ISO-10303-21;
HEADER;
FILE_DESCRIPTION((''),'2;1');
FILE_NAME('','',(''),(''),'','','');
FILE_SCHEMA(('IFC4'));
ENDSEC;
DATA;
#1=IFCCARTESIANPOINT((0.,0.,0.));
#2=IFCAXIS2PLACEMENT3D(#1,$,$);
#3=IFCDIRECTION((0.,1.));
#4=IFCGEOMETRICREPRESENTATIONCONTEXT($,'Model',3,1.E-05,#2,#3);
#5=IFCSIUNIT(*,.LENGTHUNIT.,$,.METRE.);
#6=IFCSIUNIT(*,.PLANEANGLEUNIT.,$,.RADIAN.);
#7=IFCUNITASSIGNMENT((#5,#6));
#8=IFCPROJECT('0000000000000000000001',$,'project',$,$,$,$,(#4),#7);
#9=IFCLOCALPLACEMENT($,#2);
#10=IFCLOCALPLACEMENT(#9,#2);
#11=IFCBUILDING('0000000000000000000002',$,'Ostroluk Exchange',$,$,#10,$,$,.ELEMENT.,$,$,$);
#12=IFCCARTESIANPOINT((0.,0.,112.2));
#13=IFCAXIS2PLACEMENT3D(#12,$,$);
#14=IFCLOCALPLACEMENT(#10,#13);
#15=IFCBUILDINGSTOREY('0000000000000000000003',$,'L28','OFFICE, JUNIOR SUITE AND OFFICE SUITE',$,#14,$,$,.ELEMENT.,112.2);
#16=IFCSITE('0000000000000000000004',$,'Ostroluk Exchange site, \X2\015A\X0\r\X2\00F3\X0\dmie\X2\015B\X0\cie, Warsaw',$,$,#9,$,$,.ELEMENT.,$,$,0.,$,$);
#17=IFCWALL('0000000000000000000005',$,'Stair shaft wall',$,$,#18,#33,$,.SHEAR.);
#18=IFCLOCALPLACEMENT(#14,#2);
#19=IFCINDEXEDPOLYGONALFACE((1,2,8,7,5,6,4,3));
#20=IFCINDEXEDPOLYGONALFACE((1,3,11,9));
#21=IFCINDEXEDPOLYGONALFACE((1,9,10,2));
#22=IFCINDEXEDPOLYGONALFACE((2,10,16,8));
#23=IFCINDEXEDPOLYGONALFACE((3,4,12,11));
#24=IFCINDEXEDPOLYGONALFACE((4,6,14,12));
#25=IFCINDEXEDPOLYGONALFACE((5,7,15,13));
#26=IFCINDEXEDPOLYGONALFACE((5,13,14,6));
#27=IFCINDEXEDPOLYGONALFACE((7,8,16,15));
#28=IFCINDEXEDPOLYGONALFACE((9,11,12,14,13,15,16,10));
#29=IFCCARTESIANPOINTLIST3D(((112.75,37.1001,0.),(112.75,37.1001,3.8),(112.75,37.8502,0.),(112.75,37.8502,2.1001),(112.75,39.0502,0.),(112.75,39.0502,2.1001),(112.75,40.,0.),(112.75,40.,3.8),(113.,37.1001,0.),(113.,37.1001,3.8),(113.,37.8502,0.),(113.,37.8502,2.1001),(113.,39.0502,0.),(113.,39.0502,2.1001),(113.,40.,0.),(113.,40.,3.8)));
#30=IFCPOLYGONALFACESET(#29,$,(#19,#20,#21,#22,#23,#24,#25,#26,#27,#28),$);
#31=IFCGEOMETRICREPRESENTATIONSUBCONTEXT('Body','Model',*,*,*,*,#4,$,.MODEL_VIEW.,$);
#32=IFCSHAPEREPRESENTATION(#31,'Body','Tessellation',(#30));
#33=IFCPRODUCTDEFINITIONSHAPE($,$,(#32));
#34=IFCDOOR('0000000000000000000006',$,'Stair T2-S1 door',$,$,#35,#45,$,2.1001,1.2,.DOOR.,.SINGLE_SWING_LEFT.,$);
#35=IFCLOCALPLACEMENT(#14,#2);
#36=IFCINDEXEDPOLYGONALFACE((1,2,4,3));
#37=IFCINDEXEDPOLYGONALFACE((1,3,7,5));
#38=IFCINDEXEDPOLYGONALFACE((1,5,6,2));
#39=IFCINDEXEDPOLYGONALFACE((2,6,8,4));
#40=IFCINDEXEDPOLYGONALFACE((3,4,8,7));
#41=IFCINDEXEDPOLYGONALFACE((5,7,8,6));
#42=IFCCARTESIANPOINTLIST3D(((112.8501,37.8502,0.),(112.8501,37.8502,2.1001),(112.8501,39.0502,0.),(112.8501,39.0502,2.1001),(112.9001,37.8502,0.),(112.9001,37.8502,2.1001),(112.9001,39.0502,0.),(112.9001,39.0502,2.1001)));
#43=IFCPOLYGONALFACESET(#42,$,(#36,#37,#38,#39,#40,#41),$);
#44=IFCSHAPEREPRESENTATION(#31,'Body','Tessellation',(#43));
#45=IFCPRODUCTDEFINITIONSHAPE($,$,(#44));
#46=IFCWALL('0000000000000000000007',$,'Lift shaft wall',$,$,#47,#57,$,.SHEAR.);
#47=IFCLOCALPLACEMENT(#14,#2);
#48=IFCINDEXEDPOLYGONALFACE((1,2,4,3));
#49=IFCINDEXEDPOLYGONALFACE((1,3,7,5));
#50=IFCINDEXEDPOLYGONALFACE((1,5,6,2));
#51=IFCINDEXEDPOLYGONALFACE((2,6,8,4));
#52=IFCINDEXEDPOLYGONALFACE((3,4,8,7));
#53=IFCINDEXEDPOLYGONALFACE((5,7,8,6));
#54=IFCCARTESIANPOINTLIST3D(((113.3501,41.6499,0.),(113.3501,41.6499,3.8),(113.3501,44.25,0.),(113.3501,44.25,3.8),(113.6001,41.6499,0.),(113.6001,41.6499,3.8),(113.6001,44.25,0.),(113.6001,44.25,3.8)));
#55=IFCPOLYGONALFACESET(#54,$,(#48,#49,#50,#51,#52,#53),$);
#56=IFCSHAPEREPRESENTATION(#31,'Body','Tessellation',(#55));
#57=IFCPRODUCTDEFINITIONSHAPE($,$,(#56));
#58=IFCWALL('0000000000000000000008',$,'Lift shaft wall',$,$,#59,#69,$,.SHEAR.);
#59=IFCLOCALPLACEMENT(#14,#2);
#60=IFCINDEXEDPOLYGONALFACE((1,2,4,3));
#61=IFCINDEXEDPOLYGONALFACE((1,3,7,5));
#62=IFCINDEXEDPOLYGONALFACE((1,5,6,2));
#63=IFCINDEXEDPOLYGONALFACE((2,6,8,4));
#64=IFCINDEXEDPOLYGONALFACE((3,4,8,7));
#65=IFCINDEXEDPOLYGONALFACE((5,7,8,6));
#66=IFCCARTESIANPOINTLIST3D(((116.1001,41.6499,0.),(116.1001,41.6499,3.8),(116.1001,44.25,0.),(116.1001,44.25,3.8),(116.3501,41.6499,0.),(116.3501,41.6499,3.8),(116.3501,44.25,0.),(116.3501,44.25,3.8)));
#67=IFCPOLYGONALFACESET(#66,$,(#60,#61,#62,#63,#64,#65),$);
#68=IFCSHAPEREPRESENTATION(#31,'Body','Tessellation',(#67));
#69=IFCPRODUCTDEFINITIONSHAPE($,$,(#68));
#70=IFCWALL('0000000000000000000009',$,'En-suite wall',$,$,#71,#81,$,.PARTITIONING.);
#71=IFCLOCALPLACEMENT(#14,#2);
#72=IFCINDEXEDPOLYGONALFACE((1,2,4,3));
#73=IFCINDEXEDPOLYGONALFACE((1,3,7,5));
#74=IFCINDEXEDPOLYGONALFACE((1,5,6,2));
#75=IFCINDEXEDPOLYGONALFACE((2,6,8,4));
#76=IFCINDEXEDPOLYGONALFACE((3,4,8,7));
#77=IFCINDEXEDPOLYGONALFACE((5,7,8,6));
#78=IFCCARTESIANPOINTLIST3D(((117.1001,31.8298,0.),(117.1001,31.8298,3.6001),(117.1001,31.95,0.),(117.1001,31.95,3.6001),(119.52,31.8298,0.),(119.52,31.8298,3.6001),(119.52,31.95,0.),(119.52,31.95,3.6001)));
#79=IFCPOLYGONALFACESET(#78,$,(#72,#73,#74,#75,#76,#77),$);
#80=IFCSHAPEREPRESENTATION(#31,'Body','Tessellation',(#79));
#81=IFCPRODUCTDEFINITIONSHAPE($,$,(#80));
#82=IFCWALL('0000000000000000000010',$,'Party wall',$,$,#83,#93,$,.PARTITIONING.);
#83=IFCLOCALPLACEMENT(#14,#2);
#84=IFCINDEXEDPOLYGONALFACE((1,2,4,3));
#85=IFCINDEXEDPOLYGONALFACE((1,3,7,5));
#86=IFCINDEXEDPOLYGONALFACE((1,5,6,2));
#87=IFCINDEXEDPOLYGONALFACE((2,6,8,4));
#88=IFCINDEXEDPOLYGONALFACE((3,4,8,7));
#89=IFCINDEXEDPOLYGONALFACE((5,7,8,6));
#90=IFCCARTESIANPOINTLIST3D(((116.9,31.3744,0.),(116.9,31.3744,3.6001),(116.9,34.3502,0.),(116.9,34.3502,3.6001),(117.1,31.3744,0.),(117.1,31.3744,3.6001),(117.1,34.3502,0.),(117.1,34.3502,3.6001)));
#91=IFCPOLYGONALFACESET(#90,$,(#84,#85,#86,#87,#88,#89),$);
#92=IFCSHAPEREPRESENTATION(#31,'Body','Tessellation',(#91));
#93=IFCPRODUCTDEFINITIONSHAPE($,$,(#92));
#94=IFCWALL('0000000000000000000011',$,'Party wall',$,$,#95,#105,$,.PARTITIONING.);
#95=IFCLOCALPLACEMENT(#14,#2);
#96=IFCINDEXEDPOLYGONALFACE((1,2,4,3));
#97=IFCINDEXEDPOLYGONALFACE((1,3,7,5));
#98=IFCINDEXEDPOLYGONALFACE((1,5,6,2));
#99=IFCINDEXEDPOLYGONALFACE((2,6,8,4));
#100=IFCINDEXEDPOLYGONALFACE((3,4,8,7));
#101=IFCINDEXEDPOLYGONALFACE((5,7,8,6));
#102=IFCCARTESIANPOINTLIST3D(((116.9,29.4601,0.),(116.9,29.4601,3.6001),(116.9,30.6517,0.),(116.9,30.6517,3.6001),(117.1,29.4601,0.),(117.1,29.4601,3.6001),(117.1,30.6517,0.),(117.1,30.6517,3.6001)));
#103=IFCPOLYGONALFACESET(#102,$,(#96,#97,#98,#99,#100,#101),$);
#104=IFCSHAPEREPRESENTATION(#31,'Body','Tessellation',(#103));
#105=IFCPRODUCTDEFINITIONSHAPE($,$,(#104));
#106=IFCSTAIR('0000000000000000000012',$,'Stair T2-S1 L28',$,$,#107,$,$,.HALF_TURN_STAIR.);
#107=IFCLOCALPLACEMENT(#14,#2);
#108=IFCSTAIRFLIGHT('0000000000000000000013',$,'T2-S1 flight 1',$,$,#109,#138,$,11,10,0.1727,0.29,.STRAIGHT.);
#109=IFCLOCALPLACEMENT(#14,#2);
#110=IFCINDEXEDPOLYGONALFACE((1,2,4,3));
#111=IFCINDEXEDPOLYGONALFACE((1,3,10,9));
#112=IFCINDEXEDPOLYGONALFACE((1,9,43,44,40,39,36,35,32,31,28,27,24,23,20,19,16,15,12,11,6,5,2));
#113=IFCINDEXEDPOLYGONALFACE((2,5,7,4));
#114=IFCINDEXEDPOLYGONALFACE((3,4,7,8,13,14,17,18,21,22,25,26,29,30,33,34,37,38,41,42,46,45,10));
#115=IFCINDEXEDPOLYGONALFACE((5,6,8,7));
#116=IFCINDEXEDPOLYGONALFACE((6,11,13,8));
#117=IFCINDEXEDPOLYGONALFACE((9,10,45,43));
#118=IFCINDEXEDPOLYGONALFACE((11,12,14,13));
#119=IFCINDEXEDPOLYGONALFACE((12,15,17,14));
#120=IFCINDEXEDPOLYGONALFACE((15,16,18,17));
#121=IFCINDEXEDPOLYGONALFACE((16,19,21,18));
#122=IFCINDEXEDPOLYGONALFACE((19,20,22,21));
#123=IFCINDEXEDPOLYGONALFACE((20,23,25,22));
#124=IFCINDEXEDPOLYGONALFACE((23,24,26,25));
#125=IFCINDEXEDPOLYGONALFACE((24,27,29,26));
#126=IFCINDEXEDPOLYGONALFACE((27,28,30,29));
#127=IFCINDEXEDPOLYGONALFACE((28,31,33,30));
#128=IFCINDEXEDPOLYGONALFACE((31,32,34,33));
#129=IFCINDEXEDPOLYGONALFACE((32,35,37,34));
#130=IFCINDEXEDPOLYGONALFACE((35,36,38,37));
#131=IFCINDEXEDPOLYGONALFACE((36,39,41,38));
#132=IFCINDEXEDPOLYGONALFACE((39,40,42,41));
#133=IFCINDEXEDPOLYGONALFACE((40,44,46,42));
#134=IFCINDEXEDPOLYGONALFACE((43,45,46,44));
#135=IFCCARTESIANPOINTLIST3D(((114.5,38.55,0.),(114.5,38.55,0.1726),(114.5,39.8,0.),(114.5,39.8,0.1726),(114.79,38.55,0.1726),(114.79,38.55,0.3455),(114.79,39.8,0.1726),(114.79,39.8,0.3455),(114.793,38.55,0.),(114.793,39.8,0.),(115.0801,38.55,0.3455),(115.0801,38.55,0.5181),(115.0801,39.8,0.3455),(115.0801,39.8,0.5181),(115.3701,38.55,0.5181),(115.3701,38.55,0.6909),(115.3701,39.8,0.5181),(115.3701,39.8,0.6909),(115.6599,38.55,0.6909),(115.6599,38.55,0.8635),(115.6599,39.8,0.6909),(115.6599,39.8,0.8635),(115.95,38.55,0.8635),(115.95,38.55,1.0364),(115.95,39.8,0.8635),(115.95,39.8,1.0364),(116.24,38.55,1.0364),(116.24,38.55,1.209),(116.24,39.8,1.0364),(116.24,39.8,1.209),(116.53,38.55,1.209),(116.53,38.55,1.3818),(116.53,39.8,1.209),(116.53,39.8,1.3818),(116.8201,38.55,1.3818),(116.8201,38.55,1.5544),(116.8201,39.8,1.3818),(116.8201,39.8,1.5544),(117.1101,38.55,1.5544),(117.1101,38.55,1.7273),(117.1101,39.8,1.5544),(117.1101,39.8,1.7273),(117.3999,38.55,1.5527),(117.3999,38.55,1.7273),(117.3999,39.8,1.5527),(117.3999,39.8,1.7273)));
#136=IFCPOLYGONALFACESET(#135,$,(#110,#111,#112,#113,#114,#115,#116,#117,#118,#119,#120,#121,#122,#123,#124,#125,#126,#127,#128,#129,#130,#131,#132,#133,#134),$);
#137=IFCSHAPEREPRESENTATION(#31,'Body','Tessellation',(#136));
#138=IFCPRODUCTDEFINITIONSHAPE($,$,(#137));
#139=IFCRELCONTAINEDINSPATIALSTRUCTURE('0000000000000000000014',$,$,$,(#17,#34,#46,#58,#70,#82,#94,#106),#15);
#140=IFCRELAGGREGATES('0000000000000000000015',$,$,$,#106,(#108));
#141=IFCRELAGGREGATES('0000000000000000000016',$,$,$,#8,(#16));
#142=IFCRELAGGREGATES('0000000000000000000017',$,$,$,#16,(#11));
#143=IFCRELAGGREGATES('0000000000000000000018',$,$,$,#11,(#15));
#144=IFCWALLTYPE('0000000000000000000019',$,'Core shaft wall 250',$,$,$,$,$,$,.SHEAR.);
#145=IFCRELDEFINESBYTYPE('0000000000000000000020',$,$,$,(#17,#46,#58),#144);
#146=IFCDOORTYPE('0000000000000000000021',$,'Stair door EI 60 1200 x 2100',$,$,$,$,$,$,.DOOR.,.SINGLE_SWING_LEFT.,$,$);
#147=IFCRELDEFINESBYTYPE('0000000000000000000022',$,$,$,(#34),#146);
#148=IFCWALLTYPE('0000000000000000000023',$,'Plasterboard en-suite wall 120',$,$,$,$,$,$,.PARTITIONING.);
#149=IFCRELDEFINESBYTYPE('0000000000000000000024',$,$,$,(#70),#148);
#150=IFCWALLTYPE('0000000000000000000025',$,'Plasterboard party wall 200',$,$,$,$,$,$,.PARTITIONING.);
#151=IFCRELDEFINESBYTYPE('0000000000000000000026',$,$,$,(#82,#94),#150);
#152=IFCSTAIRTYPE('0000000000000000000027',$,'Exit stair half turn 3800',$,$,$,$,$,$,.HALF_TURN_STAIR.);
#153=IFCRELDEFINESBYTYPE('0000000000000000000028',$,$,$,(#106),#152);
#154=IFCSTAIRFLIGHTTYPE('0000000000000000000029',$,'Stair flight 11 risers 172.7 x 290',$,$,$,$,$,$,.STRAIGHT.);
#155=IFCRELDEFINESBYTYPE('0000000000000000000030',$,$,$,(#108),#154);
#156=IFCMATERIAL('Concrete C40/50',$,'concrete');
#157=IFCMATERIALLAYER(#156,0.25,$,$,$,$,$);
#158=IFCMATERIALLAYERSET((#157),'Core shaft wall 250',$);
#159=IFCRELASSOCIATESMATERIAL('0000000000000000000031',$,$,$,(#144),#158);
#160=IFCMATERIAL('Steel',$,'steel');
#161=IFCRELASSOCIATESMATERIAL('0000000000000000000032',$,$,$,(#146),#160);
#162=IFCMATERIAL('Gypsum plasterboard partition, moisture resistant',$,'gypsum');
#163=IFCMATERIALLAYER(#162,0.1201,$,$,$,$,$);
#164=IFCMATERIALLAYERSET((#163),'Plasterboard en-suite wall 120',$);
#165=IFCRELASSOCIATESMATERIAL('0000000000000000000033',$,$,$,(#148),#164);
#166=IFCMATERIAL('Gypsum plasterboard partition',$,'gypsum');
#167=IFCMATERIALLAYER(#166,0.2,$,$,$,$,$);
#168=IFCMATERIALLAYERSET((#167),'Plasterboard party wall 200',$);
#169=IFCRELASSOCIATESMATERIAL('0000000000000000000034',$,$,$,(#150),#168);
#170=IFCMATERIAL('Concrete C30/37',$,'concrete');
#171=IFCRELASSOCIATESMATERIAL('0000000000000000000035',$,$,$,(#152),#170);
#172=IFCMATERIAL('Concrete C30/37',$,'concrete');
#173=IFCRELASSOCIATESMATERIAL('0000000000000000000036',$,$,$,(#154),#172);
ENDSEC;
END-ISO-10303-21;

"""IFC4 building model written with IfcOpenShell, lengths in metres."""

from ifc_helpers import new_model, si_unit, direction, frame, frame_2d, origin, place, context, subcontext, project, spatial, polyline, rectangle, outline, extrude, material, layer, layer_set, type_object, element, fill, aggregate, save


model = new_model("IFC4")

# Units and contexts
model_context = context("Model", 3, precision=1e-05, world=origin(), true_north=direction((0.0, 1.0)))
body_context = subcontext(model_context, "Body", "Model", "MODEL_VIEW")
ifc_project = project(units=[si_unit("LENGTHUNIT", "METRE"), si_unit("PLANEANGLEUNIT", "RADIAN")], contexts=[model_context])

# Site, building, storey
site_placement = place(None, origin())
site = spatial("IfcSite", under=ifc_project, at=site_placement, Name="Ostroluk Exchange site, Śródmieście, Warsaw", CompositionType="ELEMENT", RefElevation=0.0)
building_placement = place(site_placement, origin())
building = spatial("IfcBuilding", under=site, at=building_placement, Name="Ostroluk Exchange", CompositionType="ELEMENT")
storey_placement = place(building_placement, frame((0.0, 0.0, 112.2)))
storey = spatial("IfcBuildingStorey", under=building, at=storey_placement, Name="L28", Description="OFFICE, JUNIOR SUITE AND OFFICE SUITE", CompositionType="ELEMENT", Elevation=112.2)

# Wall, opening, door
ifc_material_1 = material(Name="Concrete C40/50", Category="concrete")
ifc_layer_1 = layer(ifc_material_1, 0.25)
ifc_layer_set_1 = layer_set([ifc_layer_1], Name="Core shaft wall 250")
wall_type_1 = type_object("IfcWallType", Name="Core shaft wall 250", PredefinedType="SHEAR", material=ifc_layer_set_1)
wall_1_placement = place(storey_placement, frame((112.875, 37.1001, 0.0), z_axis=(0.0, 0.0, 1.0), x_axis=(0.0, 1.0, 0.0)))
wall_1 = element("IfcWall", 1, at=wall_1_placement, inside=storey, type_object=wall_type_1, Name="Stair shaft wall", PredefinedType="SHEAR", context=body_context, shape_type="SweptSolid", body=[
    extrude(rectangle(XDim=2.8999, YDim=0.25, at=frame_2d((1.45, 0.0))), origin(), (0.0, 0.0, 1.0), 3.8),
])
opening_placement = place(wall_1_placement, frame((0.75, 0.0, 0.0)))
opening = element("IfcOpeningElement", 2, at=opening_placement, cuts=wall_1, PredefinedType="OPENING", context=body_context, shape_type="SweptSolid", body=[
    extrude(rectangle(XDim=1.2, YDim=2.1001, at=frame_2d((0.6001, 1.05))), frame((0.0, 0.135, 0.0), z_axis=(0.0, -1.0, 0.0), x_axis=(1.0, 0.0, 0.0)), (0.0, 0.0, 1.0), 0.27),
])
ifc_material_2 = material(Name="Steel", Category="steel")
door_type = type_object("IfcDoorType", Name="Stair door EI 60 1200 x 2100", OperationType="SINGLE_SWING_LEFT", PredefinedType="DOOR", material=ifc_material_2)
door_placement = place(opening_placement, origin())
door = element("IfcDoor", 3, at=door_placement, inside=storey, type_object=door_type, Name="Stair T2-S1 door", OperationType="SINGLE_SWING_LEFT", OverallHeight=2.1001, OverallWidth=1.2, PredefinedType="DOOR", context=body_context, shape_type="SweptSolid", body=[
    extrude(rectangle(XDim=1.2, YDim=2.1001, at=frame_2d((0.6001, 1.05))), frame((0.0, 0.0249, 0.0), z_axis=(0.0, -1.0, 0.0), x_axis=(1.0, 0.0, 0.0)), (0.0, 0.0, 1.0), 0.05),
])
fill(opening, door)

# Walls
for number, where, z_axis, x_axis, name in (
    (4, (113.4751, 44.25, 0.0), (0.0, 0.0, 1.0), (0.0, -1.0, 0.0), "Lift shaft wall"),
    (5, (116.2251, 44.25, 0.0), (0.0, 0.0, 1.0), (0.0, -1.0, 0.0), "Lift shaft wall"),
):
    element("IfcWall", number, at=place(storey_placement, frame(where, z_axis=z_axis, x_axis=x_axis)), inside=storey, type_object=wall_type_1, Name=name, PredefinedType="SHEAR", context=body_context, shape_type="SweptSolid", body=[
        extrude(rectangle(XDim=2.6001, YDim=0.25, at=frame_2d((1.3, 0.0))), origin(), (0.0, 0.0, 1.0), 3.8),
    ])
ifc_material_3 = material(Name="Gypsum plasterboard partition, moisture resistant", Category="gypsum")
ifc_layer_2 = layer(ifc_material_3, 0.1201)
ifc_layer_set_2 = layer_set([ifc_layer_2], Name="Plasterboard en-suite wall 120")
wall_type_2 = type_object("IfcWallType", Name="Plasterboard en-suite wall 120", PredefinedType="PARTITIONING", material=ifc_layer_set_2)
wall_2_placement = place(storey_placement, frame((117.1001, 31.8899, 0.0), z_axis=(0.0, 0.0, 1.0), x_axis=(1.0, 0.0, 0.0)))
element("IfcWall", 6, at=wall_2_placement, inside=storey, type_object=wall_type_2, Name="En-suite wall", PredefinedType="PARTITIONING", context=body_context, shape_type="SweptSolid", body=[
    extrude(rectangle(XDim=2.4199, YDim=0.1201, at=frame_2d((1.21, 0.0))), origin(), (0.0, 0.0, 1.0), 3.6001),
])
ifc_material_4 = material(Name="Gypsum plasterboard partition", Category="gypsum")
ifc_layer_3 = layer(ifc_material_4, 0.2)
ifc_layer_set_3 = layer_set([ifc_layer_3], Name="Plasterboard party wall 200")
wall_type_3 = type_object("IfcWallType", Name="Plasterboard party wall 200", PredefinedType="PARTITIONING", material=ifc_layer_set_3)
wall_3_placement = place(storey_placement, frame((117.0, 34.3501, 0.0), z_axis=(0.0, 0.0, 1.0), x_axis=(0.0, -1.0, 0.0)))
element("IfcWall", 7, at=wall_3_placement, inside=storey, type_object=wall_type_3, Name="Party wall", PredefinedType="PARTITIONING", context=body_context, shape_type="SweptSolid", body=[
    extrude(rectangle(XDim=2.9758, YDim=0.2, at=frame_2d((1.4878, 0.0))), origin(), (0.0, 0.0, 1.0), 3.6001),
])
wall_4_placement = place(storey_placement, frame((117.0, 30.6516, 0.0), z_axis=(0.0, 0.0, 1.0), x_axis=(0.0, -1.0, 0.0)))
element("IfcWall", 8, at=wall_4_placement, inside=storey, type_object=wall_type_3, Name="Party wall", PredefinedType="PARTITIONING", context=body_context, shape_type="SweptSolid", body=[
    extrude(rectangle(XDim=1.1917, YDim=0.2, at=frame_2d((0.5957, 0.0))), origin(), (0.0, 0.0, 1.0), 3.6001),
])

# Stair, stair flight
ifc_material_5 = material(Name="Concrete C30/37", Category="concrete")
stair_type = type_object("IfcStairType", Name="Exit stair half turn 3800", PredefinedType="HALF_TURN_STAIR", material=ifc_material_5)
stair_placement = place(storey_placement, origin())
stair = element("IfcStair", 9, at=stair_placement, inside=storey, type_object=stair_type, Name="Stair T2-S1 L28", PredefinedType="HALF_TURN_STAIR")
ifc_material_6 = material(Name="Concrete C30/37", Category="concrete")
stair_flight_type = type_object("IfcStairFlightType", Name="Stair flight 11 risers 172.7 x 290", PredefinedType="STRAIGHT", material=ifc_material_6)
stair_flight_placement = place(storey_placement, frame((114.5, 39.175, 0.0), z_axis=(0.0, 0.0, 1.0), x_axis=(1.0, 0.0, 0.0)))
stair_flight = element("IfcStairFlight", 10, at=stair_flight_placement, type_object=stair_flight_type, Name="T2-S1 flight 1", NumberOfRisers=11, NumberOfTreads=10, PredefinedType="STRAIGHT", RiserHeight=0.1727, TreadLength=0.29, context=body_context, shape_type="SweptSolid", body=[
    extrude(outline(polyline([(0.0, 0.0), (0.0, 0.1726), (0.29, 0.1726), (0.29, 0.3455), (0.5801, 0.3455), (0.5801, 0.5181), (0.8701, 0.5181), (0.8701, 0.6909), (1.1599, 0.6909), (1.1599, 0.8635), (1.45, 0.8635), (1.45, 1.0364), (1.74, 1.0364), (1.74, 1.209), (2.03, 1.209), (2.03, 1.3818), (2.3201, 1.3818), (2.3201, 1.5544), (2.6101, 1.5544), (2.6101, 1.7273), (2.8999, 1.7273), (2.8999, 1.8999), (2.8999, 1.5527), (0.293, 0.0), (0.0, 0.0)])), frame((0.0, 0.625, 0.0), z_axis=(0.0, -1.0, 0.0), x_axis=(1.0, 0.0, 0.0)), (0.0, 0.0, 1.0), 1.25),
])
aggregate(stair, [stair_flight])

save(model, "model.ifc")
